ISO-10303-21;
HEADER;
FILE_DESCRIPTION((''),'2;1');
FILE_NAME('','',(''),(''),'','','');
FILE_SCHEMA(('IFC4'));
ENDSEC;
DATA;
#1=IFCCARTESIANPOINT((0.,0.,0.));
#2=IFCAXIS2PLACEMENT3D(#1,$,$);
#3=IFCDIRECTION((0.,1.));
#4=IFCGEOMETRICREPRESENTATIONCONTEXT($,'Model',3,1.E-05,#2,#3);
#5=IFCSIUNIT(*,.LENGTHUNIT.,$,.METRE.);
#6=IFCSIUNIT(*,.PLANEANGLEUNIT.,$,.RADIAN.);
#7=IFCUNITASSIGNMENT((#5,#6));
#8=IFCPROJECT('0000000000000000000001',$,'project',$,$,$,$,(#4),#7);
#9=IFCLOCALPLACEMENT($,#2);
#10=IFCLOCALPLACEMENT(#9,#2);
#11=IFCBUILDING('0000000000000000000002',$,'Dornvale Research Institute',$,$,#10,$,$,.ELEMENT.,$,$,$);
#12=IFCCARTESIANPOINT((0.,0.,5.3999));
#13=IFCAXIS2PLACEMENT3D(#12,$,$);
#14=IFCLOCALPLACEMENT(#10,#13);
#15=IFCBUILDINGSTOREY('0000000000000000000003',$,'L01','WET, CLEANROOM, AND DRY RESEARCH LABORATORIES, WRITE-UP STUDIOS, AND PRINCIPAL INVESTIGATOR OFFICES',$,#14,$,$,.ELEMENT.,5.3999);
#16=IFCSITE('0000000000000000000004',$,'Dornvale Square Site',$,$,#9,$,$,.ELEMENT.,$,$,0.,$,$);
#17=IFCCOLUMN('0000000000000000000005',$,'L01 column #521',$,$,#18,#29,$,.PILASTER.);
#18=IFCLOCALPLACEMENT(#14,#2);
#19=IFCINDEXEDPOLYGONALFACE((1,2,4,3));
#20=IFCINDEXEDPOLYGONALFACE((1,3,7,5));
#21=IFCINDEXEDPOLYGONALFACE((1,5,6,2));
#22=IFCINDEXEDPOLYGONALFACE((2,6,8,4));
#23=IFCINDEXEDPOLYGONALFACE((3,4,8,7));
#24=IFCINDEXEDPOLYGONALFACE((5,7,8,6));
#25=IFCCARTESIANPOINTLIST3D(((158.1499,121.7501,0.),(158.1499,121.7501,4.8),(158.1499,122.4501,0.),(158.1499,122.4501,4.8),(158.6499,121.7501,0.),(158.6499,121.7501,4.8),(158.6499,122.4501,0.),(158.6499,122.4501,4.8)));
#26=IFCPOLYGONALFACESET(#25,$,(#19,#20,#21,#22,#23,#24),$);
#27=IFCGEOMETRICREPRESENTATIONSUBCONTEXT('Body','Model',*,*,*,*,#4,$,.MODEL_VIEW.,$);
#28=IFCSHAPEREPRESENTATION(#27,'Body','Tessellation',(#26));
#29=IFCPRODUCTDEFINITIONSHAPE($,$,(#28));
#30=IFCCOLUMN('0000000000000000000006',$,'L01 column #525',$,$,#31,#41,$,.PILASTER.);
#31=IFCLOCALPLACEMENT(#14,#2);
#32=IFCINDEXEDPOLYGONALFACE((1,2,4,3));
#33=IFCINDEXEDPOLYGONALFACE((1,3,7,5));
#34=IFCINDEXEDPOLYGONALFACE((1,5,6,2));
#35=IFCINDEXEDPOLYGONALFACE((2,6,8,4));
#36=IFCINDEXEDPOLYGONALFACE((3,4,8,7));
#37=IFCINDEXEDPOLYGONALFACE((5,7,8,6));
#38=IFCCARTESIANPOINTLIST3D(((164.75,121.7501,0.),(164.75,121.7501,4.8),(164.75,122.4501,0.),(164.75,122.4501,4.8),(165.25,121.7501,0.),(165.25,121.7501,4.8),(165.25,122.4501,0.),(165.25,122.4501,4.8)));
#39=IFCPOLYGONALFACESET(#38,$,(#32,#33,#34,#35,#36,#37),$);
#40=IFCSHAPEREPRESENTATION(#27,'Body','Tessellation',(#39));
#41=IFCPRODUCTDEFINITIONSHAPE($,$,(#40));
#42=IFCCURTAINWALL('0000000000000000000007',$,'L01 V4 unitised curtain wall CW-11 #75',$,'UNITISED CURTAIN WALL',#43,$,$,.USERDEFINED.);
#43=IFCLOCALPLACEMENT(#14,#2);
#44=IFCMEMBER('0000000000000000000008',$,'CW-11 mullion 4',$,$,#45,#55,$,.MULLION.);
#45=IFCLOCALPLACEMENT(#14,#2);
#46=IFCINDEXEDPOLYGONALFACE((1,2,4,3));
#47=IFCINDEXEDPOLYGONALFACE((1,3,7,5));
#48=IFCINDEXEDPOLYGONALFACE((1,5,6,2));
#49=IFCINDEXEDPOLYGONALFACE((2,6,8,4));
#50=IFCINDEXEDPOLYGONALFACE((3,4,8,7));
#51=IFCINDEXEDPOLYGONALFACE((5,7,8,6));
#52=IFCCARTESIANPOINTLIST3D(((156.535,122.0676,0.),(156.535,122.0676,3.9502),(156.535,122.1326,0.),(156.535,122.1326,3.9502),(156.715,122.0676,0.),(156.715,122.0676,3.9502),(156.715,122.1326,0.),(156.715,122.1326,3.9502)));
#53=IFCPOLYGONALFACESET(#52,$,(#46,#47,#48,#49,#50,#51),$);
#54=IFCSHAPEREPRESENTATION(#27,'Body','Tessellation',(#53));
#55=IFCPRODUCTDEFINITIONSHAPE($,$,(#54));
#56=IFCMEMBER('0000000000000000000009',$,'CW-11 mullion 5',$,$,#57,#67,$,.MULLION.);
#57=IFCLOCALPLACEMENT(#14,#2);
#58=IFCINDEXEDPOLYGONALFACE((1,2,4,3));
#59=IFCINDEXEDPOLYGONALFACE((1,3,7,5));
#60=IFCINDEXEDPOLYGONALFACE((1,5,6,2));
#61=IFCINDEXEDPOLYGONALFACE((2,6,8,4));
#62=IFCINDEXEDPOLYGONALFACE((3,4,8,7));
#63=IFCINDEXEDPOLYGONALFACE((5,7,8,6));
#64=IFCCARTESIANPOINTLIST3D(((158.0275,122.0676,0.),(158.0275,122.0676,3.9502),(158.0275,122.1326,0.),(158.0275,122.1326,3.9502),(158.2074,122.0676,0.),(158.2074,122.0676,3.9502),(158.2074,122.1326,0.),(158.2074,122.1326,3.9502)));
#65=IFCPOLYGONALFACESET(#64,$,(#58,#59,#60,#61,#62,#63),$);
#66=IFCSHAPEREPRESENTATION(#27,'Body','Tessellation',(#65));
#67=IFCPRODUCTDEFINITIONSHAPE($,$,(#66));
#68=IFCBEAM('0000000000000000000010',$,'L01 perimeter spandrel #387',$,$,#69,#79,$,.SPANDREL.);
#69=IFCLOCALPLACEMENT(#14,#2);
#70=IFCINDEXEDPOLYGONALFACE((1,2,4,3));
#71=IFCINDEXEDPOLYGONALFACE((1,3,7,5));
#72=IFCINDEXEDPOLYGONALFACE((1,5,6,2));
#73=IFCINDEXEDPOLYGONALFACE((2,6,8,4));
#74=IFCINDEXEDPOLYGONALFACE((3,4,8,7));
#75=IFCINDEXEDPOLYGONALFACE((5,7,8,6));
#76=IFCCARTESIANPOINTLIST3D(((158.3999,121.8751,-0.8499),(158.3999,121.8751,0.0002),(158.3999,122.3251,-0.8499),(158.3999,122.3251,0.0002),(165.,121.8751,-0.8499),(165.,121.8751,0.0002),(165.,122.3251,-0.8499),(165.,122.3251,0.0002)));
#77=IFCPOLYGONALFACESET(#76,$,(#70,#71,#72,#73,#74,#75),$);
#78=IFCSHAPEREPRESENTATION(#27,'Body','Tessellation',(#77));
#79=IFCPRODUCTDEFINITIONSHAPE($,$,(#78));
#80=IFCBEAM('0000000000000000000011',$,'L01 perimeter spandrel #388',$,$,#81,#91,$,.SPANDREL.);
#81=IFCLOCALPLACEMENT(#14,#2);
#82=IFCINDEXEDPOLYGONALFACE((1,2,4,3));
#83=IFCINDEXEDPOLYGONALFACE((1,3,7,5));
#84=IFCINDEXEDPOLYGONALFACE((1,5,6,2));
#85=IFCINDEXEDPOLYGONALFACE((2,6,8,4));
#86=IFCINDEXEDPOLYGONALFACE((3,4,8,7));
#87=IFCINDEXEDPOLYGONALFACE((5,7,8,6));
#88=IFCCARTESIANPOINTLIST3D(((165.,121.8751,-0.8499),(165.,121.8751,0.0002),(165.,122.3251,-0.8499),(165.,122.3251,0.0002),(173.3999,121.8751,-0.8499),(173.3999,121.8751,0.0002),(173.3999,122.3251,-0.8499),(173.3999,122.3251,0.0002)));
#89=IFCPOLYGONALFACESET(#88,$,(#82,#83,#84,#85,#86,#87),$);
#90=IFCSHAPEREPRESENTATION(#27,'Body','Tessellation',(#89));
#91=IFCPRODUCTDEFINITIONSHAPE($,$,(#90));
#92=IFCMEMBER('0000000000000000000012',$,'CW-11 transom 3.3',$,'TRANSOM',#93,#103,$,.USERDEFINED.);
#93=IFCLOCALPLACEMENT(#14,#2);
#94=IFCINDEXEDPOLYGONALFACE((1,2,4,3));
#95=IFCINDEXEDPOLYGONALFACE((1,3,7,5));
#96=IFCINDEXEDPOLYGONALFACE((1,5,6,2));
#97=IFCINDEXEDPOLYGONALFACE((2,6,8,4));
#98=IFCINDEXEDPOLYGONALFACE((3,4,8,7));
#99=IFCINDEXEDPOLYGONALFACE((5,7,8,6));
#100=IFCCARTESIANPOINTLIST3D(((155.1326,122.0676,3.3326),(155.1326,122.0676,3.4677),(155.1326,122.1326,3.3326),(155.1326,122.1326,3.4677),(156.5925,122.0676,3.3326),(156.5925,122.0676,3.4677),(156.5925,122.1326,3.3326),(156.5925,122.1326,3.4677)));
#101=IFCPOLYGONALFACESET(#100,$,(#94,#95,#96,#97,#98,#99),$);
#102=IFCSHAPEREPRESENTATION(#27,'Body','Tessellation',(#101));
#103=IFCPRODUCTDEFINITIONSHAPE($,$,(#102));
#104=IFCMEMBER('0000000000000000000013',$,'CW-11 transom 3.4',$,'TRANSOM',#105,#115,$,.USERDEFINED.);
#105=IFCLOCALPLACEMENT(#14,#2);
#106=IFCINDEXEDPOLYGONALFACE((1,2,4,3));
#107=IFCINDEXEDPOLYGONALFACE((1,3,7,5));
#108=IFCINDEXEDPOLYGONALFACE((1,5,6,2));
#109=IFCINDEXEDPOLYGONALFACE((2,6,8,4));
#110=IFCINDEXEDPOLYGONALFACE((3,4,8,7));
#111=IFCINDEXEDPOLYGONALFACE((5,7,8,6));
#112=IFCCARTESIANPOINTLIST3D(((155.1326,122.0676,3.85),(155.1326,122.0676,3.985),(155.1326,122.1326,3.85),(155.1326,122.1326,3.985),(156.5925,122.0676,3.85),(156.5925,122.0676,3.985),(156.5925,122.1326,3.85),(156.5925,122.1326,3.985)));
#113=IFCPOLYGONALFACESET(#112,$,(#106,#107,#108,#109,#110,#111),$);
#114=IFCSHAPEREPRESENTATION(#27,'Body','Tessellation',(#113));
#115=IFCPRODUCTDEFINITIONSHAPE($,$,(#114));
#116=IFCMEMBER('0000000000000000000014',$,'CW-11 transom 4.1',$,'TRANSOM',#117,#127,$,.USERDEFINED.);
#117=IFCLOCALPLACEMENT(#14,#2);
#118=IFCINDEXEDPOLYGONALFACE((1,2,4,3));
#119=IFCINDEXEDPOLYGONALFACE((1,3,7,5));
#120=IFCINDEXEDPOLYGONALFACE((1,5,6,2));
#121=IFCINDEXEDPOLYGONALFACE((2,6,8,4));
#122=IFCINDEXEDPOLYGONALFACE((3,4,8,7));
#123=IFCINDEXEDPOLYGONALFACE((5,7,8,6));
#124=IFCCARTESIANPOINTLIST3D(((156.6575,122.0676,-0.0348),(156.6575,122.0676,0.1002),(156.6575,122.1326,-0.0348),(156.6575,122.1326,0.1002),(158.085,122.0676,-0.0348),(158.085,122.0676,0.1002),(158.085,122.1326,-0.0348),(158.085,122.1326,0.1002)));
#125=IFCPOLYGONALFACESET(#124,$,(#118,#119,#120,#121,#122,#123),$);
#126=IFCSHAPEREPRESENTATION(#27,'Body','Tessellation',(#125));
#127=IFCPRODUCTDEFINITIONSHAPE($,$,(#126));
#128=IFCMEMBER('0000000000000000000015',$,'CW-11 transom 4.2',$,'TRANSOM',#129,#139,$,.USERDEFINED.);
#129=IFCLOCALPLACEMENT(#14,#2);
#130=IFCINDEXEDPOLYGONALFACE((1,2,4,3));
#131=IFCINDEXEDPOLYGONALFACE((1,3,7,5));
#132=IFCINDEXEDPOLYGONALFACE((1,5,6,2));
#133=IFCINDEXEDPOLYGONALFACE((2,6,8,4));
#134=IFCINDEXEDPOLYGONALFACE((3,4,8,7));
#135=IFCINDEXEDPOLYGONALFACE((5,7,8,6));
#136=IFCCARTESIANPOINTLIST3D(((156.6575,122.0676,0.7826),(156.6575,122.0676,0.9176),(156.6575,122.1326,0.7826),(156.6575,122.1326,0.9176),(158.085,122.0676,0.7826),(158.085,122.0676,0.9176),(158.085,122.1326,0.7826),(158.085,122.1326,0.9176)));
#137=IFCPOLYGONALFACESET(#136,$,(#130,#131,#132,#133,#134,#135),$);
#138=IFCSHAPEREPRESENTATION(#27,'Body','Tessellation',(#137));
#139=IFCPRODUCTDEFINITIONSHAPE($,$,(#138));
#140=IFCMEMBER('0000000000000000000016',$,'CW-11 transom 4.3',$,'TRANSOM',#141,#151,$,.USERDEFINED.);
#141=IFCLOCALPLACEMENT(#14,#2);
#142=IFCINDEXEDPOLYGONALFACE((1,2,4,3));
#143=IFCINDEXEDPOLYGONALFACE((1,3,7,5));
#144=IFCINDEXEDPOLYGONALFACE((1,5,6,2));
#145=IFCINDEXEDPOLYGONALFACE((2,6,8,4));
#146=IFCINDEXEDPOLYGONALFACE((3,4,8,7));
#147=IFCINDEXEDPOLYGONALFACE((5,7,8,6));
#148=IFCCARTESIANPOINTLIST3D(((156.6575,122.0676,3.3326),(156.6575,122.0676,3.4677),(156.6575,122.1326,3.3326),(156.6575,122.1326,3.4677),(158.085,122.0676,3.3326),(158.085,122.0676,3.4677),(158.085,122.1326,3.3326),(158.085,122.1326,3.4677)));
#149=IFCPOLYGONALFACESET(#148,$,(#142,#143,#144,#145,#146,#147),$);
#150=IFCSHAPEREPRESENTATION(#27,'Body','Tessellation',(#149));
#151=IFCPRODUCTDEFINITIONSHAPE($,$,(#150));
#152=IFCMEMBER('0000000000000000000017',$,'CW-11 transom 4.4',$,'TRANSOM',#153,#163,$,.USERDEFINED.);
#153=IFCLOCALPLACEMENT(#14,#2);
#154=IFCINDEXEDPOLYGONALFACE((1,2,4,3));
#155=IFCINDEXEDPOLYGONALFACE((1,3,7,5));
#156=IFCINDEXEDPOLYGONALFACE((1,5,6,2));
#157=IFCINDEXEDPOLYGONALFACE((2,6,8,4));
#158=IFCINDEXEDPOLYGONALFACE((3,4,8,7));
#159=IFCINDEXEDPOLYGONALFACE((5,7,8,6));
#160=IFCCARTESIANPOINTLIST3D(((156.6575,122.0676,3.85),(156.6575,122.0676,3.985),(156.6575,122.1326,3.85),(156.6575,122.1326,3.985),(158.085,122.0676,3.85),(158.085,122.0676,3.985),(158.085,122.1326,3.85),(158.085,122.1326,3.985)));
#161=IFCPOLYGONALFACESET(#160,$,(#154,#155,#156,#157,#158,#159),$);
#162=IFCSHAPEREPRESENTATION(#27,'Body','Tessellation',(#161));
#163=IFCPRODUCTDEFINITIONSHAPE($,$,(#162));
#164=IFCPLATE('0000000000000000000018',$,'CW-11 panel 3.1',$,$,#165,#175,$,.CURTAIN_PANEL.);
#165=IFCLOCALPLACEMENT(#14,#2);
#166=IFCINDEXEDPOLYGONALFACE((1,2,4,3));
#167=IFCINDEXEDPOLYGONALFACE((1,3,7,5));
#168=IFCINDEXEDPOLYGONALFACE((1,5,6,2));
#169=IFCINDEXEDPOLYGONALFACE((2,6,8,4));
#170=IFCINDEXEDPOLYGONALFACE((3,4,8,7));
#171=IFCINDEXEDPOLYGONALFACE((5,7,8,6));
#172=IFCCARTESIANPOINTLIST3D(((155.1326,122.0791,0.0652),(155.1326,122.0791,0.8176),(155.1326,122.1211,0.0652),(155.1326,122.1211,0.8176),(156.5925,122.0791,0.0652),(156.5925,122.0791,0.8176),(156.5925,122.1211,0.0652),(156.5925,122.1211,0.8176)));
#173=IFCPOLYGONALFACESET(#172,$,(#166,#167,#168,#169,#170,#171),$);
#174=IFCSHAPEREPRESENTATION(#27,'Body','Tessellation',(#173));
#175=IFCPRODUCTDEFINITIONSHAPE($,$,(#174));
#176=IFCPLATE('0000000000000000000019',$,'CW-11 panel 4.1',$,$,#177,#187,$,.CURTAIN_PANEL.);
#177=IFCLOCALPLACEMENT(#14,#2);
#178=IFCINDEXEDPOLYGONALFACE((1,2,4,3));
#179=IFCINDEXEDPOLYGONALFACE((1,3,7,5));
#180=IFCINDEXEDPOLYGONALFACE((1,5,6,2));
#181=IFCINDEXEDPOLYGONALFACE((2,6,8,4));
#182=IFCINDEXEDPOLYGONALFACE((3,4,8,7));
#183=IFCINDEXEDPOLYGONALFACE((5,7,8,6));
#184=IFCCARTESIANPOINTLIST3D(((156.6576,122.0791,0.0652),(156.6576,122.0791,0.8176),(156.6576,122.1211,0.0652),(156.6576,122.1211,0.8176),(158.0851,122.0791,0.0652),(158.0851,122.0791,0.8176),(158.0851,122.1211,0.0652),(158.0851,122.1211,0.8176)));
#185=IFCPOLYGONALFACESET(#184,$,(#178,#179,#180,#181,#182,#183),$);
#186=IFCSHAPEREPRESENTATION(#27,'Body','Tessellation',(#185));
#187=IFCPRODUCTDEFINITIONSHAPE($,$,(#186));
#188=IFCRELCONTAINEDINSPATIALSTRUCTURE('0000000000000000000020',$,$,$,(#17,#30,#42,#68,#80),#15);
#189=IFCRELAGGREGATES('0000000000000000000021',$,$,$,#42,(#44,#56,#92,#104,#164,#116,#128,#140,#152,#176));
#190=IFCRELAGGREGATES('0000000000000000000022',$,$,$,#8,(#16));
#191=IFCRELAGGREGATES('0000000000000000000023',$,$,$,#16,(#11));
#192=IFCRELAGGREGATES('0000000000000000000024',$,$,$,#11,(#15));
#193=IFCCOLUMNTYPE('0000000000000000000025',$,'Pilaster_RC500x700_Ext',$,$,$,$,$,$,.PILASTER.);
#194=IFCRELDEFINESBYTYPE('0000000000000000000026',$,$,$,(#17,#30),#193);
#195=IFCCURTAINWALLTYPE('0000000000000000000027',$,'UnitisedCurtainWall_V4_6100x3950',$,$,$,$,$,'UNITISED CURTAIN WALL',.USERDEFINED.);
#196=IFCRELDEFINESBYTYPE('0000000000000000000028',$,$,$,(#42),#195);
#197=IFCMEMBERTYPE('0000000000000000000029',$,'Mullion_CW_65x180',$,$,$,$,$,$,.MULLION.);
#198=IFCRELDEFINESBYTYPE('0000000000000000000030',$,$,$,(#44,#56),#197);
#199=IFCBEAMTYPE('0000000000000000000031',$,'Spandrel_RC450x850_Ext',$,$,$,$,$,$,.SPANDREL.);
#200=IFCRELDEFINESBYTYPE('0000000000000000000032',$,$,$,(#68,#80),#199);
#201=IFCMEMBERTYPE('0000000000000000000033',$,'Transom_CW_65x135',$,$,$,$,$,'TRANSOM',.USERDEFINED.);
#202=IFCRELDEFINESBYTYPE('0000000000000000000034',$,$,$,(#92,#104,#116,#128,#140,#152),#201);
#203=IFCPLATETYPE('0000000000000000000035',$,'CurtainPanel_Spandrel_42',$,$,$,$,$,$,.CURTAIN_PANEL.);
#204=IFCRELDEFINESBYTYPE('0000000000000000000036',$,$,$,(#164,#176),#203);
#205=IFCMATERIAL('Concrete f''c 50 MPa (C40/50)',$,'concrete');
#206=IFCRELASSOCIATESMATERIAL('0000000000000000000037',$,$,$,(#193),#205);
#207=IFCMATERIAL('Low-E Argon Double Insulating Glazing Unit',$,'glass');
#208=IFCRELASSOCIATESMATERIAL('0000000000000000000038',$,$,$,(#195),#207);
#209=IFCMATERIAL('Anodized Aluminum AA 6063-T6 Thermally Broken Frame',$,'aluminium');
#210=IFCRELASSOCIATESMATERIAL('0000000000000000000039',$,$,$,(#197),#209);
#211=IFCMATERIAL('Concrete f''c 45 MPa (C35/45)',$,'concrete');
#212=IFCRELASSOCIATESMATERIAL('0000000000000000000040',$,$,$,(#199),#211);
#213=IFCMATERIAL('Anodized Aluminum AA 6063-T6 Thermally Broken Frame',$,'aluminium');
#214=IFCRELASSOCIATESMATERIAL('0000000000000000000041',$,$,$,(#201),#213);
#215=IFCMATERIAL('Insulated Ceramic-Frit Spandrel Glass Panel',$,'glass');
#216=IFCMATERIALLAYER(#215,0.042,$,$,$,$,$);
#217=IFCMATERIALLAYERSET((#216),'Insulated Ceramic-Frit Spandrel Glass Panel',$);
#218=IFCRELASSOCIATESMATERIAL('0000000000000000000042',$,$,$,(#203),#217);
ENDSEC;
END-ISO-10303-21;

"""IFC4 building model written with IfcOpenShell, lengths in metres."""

from ifc_helpers import new_model, si_unit, direction, frame, origin, origin_2d, place, context, subcontext, project, spatial, rectangle, extrude, material, layer, layer_set, material_profile, profile_set, type_object, element, aggregate, save


model = new_model("IFC4")

# Units and contexts
model_context = context("Model", 3, precision=1e-05, world=origin(), true_north=direction((0.0, 1.0)))
body_context = subcontext(model_context, "Body", "Model", "MODEL_VIEW")
ifc_project = project(units=[si_unit("LENGTHUNIT", "METRE"), si_unit("PLANEANGLEUNIT", "RADIAN")], contexts=[model_context])

# Site, building, storey
site_placement = place(None, origin())
site = spatial("IfcSite", under=ifc_project, at=site_placement, Name="Dornvale Square Site", CompositionType="ELEMENT", RefElevation=0.0)
building_placement = place(site_placement, origin())
building = spatial("IfcBuilding", under=site, at=building_placement, Name="Dornvale Research Institute", CompositionType="ELEMENT")
storey_placement = place(building_placement, frame((0.0, 0.0, 5.3999)))
storey = spatial("IfcBuildingStorey", under=building, at=storey_placement, Name="L01", Description="WET, CLEANROOM, AND DRY RESEARCH LABORATORIES, WRITE-UP STUDIOS, AND PRINCIPAL INVESTIGATOR OFFICES", CompositionType="ELEMENT", Elevation=5.3999)

# Columns
ifc_material_1 = material(Name="Concrete f'c 50 MPa (C40/50)", Category="concrete")
ifc_material_profile_1 = material_profile(ifc_material_1, rectangle(XDim=0.5, YDim=0.7, at=origin_2d()), Name="RC 500x700")
ifc_profile_set_1 = profile_set([ifc_material_profile_1], Name="Concrete f'c 50 MPa (C40/50)")
column_type = type_object("IfcColumnType", Name="Pilaster_RC500x700_Ext", PredefinedType="PILASTER", material=ifc_profile_set_1)
for number, where, z_axis, x_axis, name in (
    (1, (158.3999, 122.1001, 0.0), (0.0, 0.0, 1.0), (1.0, 0.0, 0.0), "L01 column #521"),
    (2, (165.0, 122.1001, 0.0), (0.0, 0.0, 1.0), (1.0, 0.0, 0.0), "L01 column #525"),
):
    element("IfcColumn", number, at=place(storey_placement, frame(where, z_axis=z_axis, x_axis=x_axis)), inside=storey, type_object=column_type, Name=name, PredefinedType="PILASTER", context=body_context, shape_type="SweptSolid", body=[
        extrude(rectangle(XDim=0.5, YDim=0.7, at=origin_2d()), origin(), (0.0, 0.0, 1.0), 4.8),
    ])

# Curtain wall, members
ifc_material_2 = material(Name="Low-E Argon Double Insulating Glazing Unit", Category="glass")
curtain_wall_type = type_object("IfcCurtainWallType", Name="UnitisedCurtainWall_V4_6100x3950", ElementType="UNITISED CURTAIN WALL", PredefinedType="USERDEFINED", material=ifc_material_2)
curtain_wall_placement = place(storey_placement, origin())
curtain_wall = element("IfcCurtainWall", 3, at=curtain_wall_placement, inside=storey, type_object=curtain_wall_type, Name="L01 V4 unitised curtain wall CW-11 #75", ObjectType="UNITISED CURTAIN WALL", PredefinedType="USERDEFINED")
ifc_material_3 = material(Name="Anodized Aluminum AA 6063-T6 Thermally Broken Frame", Category="aluminium")
ifc_material_profile_2 = material_profile(ifc_material_3, rectangle(XDim=0.0649, YDim=0.1799, at=origin_2d()), Name="ALU MULLION 65x180")
ifc_profile_set_2 = profile_set([ifc_material_profile_2], Name="Anodized Aluminum AA 6063-T6 Thermally Broken Frame")
member_type_1 = type_object("IfcMemberType", Name="Mullion_CW_65x180", PredefinedType="MULLION", material=ifc_profile_set_2)
member_1_placement = place(storey_placement, frame((156.625, 122.1001, 0.0), z_axis=(0.0, 0.0, 1.0), x_axis=(0.0, 1.0, 0.0)))
member_1 = element("IfcMember", 4, at=member_1_placement, type_object=member_type_1, Name="CW-11 mullion 4", PredefinedType="MULLION", context=body_context, shape_type="SweptSolid", body=[
    extrude(rectangle(XDim=0.0649, YDim=0.1799, at=origin_2d()), origin(), (0.0, 0.0, 1.0), 3.9502),
])
member_2_placement = place(storey_placement, frame((158.1174, 122.1001, 0.0), z_axis=(0.0, 0.0, 1.0), x_axis=(0.0, 1.0, 0.0)))
member_2 = element("IfcMember", 5, at=member_2_placement, type_object=member_type_1, Name="CW-11 mullion 5", PredefinedType="MULLION", context=body_context, shape_type="SweptSolid", body=[
    extrude(rectangle(XDim=0.0649, YDim=0.1799, at=origin_2d()), origin(), (0.0, 0.0, 1.0), 3.9502),
])

# Beams
ifc_material_4 = material(Name="Concrete f'c 45 MPa (C35/45)", Category="concrete")
ifc_material_profile_3 = material_profile(ifc_material_4, rectangle(XDim=0.45, YDim=0.8501, at=origin_2d()), Name="RC 450x850")
ifc_profile_set_3 = profile_set([ifc_material_profile_3], Name="Concrete f'c 45 MPa (C35/45)")
beam_type = type_object("IfcBeamType", Name="Spandrel_RC450x850_Ext", PredefinedType="SPANDREL", material=ifc_profile_set_3)
beam_1_placement = place(storey_placement, frame((158.3999, 122.1001, -0.4248), z_axis=(1.0, 0.0, 0.0), x_axis=(0.0, 1.0, 0.0)))
element("IfcBeam", 6, at=beam_1_placement, inside=storey, type_object=beam_type, Name="L01 perimeter spandrel #387", PredefinedType="SPANDREL", context=body_context, shape_type="SweptSolid", body=[
    extrude(rectangle(XDim=0.45, YDim=0.8501, at=origin_2d()), origin(), (0.0, 0.0, 1.0), 6.6001),
])
beam_2_placement = place(storey_placement, frame((165.0, 122.1001, -0.4248), z_axis=(1.0, 0.0, 0.0), x_axis=(0.0, 1.0, 0.0)))
element("IfcBeam", 7, at=beam_2_placement, inside=storey, type_object=beam_type, Name="L01 perimeter spandrel #388", PredefinedType="SPANDREL", context=body_context, shape_type="SweptSolid", body=[
    extrude(rectangle(XDim=0.45, YDim=0.8501, at=origin_2d()), origin(), (0.0, 0.0, 1.0), 8.3999),
])

# Members
ifc_material_5 = material(Name="Anodized Aluminum AA 6063-T6 Thermally Broken Frame", Category="aluminium")
ifc_material_profile_4 = material_profile(ifc_material_5, rectangle(XDim=0.0649, YDim=0.135, at=origin_2d()), Name="ALU TRANSOM 65x135")
ifc_profile_set_4 = profile_set([ifc_material_profile_4], Name="Anodized Aluminum AA 6063-T6 Thermally Broken Frame")
member_type_2 = type_object("IfcMemberType", Name="Transom_CW_65x135", ElementType="TRANSOM", PredefinedType="USERDEFINED", material=ifc_profile_set_4)
member_3_placement = place(storey_placement, frame((155.1326, 122.1001, 3.4001), z_axis=(1.0, 0.0, 0.0), x_axis=(0.0, 1.0, 0.0)))
member_3 = element("IfcMember", 8, at=member_3_placement, type_object=member_type_2, Name="CW-11 transom 3.3", ObjectType="TRANSOM", PredefinedType="USERDEFINED", context=body_context, shape_type="SweptSolid", body=[
    extrude(rectangle(XDim=0.0649, YDim=0.135, at=origin_2d()), origin(), (0.0, 0.0, 1.0), 1.46),
])
member_4_placement = place(storey_placement, frame((155.1326, 122.1001, 3.9175), z_axis=(1.0, 0.0, 0.0), x_axis=(0.0, 1.0, 0.0)))
member_4 = element("IfcMember", 9, at=member_4_placement, type_object=member_type_2, Name="CW-11 transom 3.4", ObjectType="TRANSOM", PredefinedType="USERDEFINED", context=body_context, shape_type="SweptSolid", body=[
    extrude(rectangle(XDim=0.0649, YDim=0.135, at=origin_2d()), origin(), (0.0, 0.0, 1.0), 1.46),
])
member_5_placement = place(storey_placement, frame((156.6575, 122.1001, 0.0327), z_axis=(1.0, 0.0, 0.0), x_axis=(0.0, 1.0, 0.0)))
member_5 = element("IfcMember", 10, at=member_5_placement, type_object=member_type_2, Name="CW-11 transom 4.1", ObjectType="TRANSOM", PredefinedType="USERDEFINED", context=body_context, shape_type="SweptSolid", body=[
    extrude(rectangle(XDim=0.0649, YDim=0.135, at=origin_2d()), origin(), (0.0, 0.0, 1.0), 1.4275),
])
member_6_placement = place(storey_placement, frame((156.6575, 122.1001, 0.8501), z_axis=(1.0, 0.0, 0.0), x_axis=(0.0, 1.0, 0.0)))
member_6 = element("IfcMember", 11, at=member_6_placement, type_object=member_type_2, Name="CW-11 transom 4.2", ObjectType="TRANSOM", PredefinedType="USERDEFINED", context=body_context, shape_type="SweptSolid", body=[
    extrude(rectangle(XDim=0.0649, YDim=0.135, at=origin_2d()), origin(), (0.0, 0.0, 1.0), 1.4275),
])
member_7_placement = place(storey_placement, frame((156.6575, 122.1001, 3.4001), z_axis=(1.0, 0.0, 0.0), x_axis=(0.0, 1.0, 0.0)))
member_7 = element("IfcMember", 12, at=member_7_placement, type_object=member_type_2, Name="CW-11 transom 4.3", ObjectType="TRANSOM", PredefinedType="USERDEFINED", context=body_context, shape_type="SweptSolid", body=[
    extrude(rectangle(XDim=0.0649, YDim=0.135, at=origin_2d()), origin(), (0.0, 0.0, 1.0), 1.4275),
])
member_8_placement = place(storey_placement, frame((156.6575, 122.1001, 3.9175), z_axis=(1.0, 0.0, 0.0), x_axis=(0.0, 1.0, 0.0)))
member_8 = element("IfcMember", 13, at=member_8_placement, type_object=member_type_2, Name="CW-11 transom 4.4", ObjectType="TRANSOM", PredefinedType="USERDEFINED", context=body_context, shape_type="SweptSolid", body=[
    extrude(rectangle(XDim=0.0649, YDim=0.135, at=origin_2d()), origin(), (0.0, 0.0, 1.0), 1.4275),
])

# Plates
ifc_material_6 = material(Name="Insulated Ceramic-Frit Spandrel Glass Panel", Category="glass")
ifc_layer_1 = layer(ifc_material_6, 0.042)
ifc_layer_set_1 = layer_set([ifc_layer_1], Name="Insulated Ceramic-Frit Spandrel Glass Panel")
plate_type_1 = type_object("IfcPlateType", Name="CurtainPanel_Spandrel_42", PredefinedType="CURTAIN_PANEL", material=ifc_layer_set_1)
plate_1_placement = place(storey_placement, frame((155.8625, 122.1001, 0.0652), z_axis=(0.0, 0.0, 1.0), x_axis=(1.0, 0.0, 0.0)))
plate_1 = element("IfcPlate", 14, at=plate_1_placement, type_object=plate_type_1, Name="CW-11 panel 3.1", PredefinedType="CURTAIN_PANEL", context=body_context, shape_type="SweptSolid", body=[
    extrude(rectangle(XDim=1.46, YDim=0.042, at=origin_2d()), origin(), (0.0, 0.0, 1.0), 0.7524),
])
plate_2_placement = place(storey_placement, frame((157.3713, 122.1001, 0.0652), z_axis=(0.0, 0.0, 1.0), x_axis=(1.0, 0.0, 0.0)))
plate_2 = element("IfcPlate", 15, at=plate_2_placement, type_object=plate_type_1, Name="CW-11 panel 4.1", PredefinedType="CURTAIN_PANEL", context=body_context, shape_type="SweptSolid", body=[
    extrude(rectangle(XDim=1.4275, YDim=0.042, at=origin_2d()), origin(), (0.0, 0.0, 1.0), 0.7524),
])
aggregate(curtain_wall, [member_1, member_2, member_3, member_4, plate_1, member_5, member_6, member_7, member_8, plate_2])

save(model, "model.ifc")
